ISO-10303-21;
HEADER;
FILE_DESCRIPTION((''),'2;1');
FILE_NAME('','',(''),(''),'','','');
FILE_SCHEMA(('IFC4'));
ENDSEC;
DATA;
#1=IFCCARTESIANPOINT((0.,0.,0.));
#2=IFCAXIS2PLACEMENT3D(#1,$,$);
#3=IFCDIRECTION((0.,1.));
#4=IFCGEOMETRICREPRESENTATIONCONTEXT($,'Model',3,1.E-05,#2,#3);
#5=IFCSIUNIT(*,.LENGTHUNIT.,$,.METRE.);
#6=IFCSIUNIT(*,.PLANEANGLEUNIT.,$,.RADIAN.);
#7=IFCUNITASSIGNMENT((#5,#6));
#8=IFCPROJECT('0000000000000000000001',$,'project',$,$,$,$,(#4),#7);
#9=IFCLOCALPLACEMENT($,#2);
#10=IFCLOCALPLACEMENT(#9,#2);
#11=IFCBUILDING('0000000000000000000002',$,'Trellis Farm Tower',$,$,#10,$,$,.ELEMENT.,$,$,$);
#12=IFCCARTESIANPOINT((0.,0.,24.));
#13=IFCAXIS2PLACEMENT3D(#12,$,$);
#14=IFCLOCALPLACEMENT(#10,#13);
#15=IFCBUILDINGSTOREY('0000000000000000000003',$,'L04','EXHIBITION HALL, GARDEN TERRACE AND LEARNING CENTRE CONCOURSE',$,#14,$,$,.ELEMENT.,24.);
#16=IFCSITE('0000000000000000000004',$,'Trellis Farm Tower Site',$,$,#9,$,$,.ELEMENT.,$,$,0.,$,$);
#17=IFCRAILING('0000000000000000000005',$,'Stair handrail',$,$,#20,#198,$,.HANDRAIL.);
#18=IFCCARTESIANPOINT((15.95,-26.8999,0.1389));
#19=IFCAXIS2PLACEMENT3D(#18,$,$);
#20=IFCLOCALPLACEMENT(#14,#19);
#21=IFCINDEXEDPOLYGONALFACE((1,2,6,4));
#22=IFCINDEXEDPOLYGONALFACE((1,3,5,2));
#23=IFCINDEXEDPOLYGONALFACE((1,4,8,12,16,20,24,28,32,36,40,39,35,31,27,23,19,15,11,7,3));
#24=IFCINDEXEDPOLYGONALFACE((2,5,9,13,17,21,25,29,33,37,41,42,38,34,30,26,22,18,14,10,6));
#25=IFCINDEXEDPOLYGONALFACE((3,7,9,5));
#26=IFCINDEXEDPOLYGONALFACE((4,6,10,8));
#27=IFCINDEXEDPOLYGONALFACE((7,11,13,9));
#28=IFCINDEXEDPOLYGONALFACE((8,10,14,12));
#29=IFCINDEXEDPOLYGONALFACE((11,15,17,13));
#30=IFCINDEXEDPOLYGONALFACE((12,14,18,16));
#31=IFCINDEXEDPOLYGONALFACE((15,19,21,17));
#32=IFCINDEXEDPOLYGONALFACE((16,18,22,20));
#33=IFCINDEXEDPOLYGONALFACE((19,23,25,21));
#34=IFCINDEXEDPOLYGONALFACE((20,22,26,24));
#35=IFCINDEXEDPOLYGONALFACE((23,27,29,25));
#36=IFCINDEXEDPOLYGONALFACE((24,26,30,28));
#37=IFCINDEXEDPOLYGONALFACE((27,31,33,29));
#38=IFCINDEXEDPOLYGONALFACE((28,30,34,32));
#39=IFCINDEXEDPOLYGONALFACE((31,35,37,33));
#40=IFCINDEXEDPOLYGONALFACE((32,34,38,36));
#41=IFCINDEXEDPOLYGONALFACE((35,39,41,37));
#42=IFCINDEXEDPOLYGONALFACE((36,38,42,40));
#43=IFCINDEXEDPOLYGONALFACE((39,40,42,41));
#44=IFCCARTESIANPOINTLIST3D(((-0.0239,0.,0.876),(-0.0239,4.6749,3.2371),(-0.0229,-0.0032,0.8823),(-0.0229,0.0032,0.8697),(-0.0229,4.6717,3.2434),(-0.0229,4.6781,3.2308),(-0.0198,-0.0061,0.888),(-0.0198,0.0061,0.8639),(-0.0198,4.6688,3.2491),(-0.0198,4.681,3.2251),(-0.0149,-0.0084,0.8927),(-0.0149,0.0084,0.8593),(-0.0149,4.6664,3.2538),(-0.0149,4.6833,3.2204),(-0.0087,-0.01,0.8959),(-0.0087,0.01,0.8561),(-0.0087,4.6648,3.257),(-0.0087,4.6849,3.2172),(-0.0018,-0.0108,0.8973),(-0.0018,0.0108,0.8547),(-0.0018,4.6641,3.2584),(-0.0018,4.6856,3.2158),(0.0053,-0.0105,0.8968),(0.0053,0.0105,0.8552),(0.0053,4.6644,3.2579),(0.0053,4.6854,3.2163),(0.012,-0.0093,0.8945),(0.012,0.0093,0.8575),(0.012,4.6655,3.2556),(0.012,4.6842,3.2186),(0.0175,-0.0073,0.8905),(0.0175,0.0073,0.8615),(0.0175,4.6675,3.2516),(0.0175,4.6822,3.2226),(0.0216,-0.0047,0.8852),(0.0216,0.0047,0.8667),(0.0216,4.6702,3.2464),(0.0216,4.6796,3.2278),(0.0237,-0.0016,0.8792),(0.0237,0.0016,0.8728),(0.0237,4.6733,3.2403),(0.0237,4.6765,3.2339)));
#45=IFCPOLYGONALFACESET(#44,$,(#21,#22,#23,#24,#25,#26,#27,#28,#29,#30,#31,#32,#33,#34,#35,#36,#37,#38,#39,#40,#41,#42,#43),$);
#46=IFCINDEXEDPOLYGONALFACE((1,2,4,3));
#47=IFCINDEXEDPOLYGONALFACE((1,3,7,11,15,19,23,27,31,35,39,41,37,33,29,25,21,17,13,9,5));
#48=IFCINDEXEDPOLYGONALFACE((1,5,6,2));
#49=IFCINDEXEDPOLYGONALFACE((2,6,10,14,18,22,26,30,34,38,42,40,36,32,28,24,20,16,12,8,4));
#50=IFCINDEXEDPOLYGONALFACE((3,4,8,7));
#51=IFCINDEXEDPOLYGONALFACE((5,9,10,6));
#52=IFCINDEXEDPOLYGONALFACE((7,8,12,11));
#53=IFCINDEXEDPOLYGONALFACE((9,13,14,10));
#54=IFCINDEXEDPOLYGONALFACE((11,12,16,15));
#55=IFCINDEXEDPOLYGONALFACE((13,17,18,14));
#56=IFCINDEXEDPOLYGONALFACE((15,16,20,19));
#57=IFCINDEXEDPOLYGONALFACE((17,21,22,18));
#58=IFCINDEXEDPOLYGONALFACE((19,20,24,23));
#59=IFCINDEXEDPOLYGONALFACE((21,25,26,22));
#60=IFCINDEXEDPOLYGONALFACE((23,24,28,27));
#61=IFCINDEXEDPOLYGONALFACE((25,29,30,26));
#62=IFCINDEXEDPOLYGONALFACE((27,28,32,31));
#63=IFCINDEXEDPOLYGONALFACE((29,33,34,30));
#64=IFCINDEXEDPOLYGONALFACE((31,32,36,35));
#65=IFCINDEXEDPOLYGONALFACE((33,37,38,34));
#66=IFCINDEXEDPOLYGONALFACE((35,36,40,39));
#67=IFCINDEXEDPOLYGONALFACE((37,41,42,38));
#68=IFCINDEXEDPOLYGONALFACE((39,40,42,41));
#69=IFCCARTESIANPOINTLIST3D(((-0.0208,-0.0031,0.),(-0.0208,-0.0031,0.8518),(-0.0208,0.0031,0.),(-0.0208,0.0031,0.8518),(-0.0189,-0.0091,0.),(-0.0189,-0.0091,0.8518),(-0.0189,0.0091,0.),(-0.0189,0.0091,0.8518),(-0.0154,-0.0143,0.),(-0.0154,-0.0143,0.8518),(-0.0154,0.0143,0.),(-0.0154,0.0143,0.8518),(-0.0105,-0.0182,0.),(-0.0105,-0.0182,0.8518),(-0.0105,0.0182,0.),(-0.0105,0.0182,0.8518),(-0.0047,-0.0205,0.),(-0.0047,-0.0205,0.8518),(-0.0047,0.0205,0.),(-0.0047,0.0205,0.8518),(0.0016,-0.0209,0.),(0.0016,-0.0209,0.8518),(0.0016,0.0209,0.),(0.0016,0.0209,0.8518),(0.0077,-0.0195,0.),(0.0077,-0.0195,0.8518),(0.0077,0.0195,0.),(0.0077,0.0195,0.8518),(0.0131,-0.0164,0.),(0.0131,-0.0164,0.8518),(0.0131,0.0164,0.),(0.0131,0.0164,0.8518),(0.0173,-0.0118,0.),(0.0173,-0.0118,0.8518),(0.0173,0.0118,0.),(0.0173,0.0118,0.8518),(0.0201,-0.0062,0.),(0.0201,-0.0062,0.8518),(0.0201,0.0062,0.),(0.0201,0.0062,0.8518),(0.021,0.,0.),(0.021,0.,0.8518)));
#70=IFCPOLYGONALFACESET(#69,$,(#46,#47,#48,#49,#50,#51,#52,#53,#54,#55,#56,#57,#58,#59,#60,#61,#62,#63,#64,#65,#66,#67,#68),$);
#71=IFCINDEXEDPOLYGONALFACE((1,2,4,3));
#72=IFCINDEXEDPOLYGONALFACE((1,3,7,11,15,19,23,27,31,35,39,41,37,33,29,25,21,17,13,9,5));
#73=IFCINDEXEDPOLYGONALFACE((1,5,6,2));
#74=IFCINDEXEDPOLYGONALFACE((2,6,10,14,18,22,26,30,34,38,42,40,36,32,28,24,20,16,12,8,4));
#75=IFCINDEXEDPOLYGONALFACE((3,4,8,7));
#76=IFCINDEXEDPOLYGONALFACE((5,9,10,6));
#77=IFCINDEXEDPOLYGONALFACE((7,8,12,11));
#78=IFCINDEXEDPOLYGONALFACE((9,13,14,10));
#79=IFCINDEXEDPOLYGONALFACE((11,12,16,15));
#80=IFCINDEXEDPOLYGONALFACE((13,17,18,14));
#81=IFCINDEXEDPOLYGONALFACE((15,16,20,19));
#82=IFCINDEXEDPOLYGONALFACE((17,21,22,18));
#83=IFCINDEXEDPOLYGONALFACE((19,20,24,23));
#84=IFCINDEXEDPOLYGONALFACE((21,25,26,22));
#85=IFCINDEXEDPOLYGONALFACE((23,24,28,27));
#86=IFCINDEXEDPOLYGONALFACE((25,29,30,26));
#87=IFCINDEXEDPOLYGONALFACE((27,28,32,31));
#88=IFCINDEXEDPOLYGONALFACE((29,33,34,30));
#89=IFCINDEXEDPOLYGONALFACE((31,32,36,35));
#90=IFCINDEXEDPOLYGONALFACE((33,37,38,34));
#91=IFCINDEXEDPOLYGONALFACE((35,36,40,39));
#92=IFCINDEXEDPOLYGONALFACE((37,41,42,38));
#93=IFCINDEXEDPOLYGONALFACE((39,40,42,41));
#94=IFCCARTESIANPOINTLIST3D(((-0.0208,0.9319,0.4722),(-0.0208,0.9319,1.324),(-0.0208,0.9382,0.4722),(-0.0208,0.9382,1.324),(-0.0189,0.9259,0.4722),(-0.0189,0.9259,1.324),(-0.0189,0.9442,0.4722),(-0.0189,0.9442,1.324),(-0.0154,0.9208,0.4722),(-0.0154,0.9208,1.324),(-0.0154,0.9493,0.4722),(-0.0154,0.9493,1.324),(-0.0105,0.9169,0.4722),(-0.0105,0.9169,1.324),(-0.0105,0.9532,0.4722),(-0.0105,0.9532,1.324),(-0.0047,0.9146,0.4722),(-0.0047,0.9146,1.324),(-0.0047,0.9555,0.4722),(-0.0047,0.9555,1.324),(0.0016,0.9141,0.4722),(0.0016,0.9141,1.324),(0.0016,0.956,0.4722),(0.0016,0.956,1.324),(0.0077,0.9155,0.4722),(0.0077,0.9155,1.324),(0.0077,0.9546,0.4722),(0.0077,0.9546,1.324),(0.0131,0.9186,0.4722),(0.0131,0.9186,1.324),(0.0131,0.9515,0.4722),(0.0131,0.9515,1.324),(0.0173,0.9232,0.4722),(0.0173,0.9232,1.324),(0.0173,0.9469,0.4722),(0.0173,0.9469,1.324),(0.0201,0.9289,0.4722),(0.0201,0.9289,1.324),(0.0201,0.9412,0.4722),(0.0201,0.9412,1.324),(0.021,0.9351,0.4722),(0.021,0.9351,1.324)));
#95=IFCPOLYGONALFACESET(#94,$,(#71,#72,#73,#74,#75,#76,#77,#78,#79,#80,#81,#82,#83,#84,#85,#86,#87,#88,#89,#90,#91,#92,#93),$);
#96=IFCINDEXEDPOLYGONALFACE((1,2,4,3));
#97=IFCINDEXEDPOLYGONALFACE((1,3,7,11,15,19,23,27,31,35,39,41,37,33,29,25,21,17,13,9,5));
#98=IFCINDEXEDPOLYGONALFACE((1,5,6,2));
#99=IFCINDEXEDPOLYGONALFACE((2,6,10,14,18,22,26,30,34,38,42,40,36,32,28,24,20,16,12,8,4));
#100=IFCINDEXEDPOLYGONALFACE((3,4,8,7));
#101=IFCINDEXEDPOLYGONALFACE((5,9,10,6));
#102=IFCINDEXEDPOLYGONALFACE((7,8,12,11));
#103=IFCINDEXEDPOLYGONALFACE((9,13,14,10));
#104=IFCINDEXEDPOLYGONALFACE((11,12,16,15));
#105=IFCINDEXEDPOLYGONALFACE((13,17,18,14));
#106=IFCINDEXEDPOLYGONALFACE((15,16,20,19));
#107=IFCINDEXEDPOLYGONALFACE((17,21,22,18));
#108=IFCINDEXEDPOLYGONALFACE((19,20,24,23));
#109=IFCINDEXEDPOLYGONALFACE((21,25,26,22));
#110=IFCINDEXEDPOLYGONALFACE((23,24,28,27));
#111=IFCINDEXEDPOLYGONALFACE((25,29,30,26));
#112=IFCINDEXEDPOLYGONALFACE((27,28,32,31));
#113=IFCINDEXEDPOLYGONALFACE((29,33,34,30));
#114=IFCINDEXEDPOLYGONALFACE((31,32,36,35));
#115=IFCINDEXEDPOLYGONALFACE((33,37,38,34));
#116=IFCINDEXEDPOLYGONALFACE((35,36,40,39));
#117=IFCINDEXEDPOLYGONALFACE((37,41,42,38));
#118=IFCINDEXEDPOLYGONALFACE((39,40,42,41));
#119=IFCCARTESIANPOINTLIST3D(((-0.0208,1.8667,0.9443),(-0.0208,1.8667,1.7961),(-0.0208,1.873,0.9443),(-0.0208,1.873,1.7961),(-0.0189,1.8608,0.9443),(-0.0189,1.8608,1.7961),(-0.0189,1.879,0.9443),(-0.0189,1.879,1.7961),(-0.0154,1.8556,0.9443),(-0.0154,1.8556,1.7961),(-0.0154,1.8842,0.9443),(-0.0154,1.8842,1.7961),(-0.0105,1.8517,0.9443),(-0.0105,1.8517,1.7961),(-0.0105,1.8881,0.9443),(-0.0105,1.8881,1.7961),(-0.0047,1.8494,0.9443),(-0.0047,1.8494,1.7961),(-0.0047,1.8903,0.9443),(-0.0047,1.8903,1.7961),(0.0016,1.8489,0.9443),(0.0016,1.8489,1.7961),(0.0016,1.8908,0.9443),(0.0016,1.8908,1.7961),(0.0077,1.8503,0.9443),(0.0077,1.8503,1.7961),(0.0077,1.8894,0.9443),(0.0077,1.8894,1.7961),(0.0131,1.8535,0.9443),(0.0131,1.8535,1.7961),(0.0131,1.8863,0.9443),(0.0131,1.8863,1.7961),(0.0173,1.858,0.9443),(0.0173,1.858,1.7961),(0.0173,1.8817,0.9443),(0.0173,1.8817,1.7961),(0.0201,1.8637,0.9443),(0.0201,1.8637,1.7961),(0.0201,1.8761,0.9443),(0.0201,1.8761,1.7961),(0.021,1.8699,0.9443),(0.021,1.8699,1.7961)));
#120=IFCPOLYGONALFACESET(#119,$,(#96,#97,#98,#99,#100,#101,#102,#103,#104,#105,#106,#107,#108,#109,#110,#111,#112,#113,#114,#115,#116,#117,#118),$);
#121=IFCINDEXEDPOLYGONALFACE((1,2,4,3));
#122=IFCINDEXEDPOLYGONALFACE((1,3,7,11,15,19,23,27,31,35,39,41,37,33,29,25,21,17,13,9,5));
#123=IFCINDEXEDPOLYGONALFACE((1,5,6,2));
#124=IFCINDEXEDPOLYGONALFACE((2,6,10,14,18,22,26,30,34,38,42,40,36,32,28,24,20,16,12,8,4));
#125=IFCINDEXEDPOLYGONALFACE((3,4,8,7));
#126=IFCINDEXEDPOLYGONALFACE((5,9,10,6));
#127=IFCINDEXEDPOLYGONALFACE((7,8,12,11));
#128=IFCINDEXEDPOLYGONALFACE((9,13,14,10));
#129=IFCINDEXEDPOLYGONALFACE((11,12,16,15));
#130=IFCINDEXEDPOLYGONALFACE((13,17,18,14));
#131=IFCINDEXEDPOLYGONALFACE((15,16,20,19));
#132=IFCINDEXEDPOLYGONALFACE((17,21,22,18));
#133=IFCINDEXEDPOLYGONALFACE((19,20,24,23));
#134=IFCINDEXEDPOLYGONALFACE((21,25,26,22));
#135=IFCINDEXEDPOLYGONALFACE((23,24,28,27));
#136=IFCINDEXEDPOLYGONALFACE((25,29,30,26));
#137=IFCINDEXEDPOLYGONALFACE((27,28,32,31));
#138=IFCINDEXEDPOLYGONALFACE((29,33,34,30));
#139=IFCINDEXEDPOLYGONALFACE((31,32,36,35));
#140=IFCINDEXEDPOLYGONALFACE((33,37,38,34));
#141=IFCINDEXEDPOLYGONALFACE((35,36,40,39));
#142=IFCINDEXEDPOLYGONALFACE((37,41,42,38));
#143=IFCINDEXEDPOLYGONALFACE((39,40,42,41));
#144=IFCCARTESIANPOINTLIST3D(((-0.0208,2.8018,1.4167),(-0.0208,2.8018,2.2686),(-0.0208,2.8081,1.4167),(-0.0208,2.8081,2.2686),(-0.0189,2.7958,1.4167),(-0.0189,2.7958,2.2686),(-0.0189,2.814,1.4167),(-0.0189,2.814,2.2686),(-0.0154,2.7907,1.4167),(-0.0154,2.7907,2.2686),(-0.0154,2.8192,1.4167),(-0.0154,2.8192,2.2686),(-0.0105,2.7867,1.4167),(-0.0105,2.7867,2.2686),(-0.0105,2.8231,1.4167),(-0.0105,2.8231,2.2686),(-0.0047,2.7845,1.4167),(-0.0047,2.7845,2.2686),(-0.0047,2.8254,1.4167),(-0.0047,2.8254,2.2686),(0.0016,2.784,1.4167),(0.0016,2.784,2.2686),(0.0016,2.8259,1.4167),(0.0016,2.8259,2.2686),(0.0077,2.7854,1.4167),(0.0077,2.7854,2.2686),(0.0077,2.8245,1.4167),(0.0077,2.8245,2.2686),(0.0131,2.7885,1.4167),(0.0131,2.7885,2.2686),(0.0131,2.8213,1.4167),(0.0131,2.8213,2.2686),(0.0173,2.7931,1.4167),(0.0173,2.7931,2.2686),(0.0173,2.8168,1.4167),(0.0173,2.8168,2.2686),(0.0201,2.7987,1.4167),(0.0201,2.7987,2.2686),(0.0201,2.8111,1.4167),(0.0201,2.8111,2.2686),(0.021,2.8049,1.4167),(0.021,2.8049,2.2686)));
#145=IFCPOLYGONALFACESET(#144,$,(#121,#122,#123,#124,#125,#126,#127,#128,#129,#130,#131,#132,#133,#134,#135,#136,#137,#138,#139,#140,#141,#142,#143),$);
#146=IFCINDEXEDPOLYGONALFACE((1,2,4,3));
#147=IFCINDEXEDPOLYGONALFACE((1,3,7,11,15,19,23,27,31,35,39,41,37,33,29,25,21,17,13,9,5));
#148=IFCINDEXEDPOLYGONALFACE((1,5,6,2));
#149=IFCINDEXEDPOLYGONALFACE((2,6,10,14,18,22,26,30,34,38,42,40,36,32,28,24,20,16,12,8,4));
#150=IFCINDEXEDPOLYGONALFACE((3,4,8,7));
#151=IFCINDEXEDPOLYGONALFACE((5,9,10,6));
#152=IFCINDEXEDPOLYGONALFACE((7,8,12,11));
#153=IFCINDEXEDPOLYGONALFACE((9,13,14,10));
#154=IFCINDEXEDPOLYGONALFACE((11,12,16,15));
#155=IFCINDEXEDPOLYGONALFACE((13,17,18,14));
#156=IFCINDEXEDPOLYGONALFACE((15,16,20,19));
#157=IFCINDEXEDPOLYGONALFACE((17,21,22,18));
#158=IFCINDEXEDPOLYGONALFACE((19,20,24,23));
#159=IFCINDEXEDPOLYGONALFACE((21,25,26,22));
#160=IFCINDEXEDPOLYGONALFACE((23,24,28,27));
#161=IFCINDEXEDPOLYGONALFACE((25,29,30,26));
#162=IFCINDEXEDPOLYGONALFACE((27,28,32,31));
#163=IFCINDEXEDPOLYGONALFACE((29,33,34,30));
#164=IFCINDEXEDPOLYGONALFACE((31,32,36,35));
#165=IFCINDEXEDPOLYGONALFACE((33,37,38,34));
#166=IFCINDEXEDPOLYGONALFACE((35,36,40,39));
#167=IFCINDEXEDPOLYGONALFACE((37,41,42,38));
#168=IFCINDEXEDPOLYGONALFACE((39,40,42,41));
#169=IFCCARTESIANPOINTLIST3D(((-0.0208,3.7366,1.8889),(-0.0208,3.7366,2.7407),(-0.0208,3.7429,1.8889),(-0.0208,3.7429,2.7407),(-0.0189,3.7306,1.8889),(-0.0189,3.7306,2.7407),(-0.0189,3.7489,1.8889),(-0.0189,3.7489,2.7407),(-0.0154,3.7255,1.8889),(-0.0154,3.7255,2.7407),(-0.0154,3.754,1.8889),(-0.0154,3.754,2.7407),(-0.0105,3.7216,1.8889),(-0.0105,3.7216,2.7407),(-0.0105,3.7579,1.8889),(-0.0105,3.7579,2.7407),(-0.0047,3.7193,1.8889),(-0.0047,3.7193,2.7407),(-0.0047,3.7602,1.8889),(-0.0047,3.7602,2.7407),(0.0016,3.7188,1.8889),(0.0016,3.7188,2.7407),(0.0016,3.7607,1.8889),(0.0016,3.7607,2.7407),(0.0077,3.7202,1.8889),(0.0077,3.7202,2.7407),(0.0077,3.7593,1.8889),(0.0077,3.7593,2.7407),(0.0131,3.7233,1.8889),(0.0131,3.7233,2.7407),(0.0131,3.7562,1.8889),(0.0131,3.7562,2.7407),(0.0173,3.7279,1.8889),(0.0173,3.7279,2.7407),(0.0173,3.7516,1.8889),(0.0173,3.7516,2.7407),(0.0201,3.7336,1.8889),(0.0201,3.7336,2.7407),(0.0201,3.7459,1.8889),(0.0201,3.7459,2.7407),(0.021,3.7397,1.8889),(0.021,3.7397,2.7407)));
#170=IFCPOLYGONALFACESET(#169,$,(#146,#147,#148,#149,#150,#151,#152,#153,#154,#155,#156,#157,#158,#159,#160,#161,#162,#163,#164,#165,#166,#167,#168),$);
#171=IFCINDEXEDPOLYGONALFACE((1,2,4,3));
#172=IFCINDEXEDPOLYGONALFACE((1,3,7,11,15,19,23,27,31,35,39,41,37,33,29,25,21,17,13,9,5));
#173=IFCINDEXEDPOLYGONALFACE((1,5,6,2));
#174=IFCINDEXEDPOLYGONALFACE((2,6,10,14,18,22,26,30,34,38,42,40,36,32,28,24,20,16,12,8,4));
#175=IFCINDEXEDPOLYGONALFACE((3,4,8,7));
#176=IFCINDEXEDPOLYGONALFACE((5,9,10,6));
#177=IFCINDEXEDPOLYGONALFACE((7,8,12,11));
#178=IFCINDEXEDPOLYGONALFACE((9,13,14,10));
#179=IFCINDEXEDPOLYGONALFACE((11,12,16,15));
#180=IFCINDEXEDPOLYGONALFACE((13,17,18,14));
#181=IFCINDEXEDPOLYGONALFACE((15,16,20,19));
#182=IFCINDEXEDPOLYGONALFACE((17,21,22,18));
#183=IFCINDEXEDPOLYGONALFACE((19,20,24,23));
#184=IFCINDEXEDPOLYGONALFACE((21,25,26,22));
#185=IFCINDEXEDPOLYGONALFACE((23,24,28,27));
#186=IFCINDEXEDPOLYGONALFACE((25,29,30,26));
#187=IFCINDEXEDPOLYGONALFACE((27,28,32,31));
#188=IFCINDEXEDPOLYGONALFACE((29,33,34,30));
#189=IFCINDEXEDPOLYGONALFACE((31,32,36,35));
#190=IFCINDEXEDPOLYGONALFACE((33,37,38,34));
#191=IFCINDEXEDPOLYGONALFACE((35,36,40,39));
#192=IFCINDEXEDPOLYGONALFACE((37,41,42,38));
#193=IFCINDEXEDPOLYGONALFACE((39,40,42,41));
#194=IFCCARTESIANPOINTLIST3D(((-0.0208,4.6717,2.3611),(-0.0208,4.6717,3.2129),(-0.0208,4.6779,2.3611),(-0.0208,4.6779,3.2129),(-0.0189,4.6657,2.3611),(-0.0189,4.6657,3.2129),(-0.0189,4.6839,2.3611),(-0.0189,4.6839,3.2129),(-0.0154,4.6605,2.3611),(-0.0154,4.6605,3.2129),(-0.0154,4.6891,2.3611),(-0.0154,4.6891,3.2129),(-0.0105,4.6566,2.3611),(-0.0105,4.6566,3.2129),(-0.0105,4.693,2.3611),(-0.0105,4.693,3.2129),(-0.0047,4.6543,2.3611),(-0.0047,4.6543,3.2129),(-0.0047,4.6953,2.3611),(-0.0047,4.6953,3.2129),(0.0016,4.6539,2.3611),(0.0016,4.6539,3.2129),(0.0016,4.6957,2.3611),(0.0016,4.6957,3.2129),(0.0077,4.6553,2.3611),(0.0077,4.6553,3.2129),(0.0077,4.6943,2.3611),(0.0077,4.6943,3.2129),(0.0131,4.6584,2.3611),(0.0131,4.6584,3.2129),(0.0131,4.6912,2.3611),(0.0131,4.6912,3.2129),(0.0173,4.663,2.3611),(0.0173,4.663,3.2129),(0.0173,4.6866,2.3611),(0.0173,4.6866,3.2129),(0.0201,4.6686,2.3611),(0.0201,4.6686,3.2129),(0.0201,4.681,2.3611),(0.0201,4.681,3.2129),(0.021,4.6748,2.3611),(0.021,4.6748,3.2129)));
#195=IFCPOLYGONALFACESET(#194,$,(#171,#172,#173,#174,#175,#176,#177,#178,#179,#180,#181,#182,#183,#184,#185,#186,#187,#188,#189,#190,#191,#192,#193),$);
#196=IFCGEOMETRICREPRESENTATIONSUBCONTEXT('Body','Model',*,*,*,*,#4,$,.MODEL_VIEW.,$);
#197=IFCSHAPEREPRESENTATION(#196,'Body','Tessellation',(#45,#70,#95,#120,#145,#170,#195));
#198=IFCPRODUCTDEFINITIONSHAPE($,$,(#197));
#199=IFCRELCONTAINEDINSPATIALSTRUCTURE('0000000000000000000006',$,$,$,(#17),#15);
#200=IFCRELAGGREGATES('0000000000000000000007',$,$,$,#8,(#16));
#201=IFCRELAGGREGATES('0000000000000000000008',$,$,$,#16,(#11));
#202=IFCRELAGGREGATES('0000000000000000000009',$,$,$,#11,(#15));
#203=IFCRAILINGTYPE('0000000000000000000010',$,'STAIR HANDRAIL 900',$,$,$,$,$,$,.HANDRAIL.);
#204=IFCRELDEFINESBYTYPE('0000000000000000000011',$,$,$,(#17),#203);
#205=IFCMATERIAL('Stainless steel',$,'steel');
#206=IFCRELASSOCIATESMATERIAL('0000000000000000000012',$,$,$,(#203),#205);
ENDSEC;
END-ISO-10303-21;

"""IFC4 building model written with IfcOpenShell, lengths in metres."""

from ifc_helpers import new_model, si_unit, direction, frame, origin, origin_2d, place, context, subcontext, project, spatial, circle, extrude, source, transform, mapped, material, type_object, element, save


model = new_model("IFC4")

# Units and contexts
model_context = context("Model", 3, precision=1e-05, world=origin(), true_north=direction((0.0, 1.0)))
body_context = subcontext(model_context, "Body", "Model", "MODEL_VIEW")
ifc_project = project(units=[si_unit("LENGTHUNIT", "METRE"), si_unit("PLANEANGLEUNIT", "RADIAN")], contexts=[model_context])

# Site, building, storey
site_placement = place(None, origin())
site = spatial("IfcSite", under=ifc_project, at=site_placement, Name="Trellis Farm Tower Site", CompositionType="ELEMENT", RefElevation=0.0)
building_placement = place(site_placement, origin())
building = spatial("IfcBuilding", under=site, at=building_placement, Name="Trellis Farm Tower", CompositionType="ELEMENT")
storey_placement = place(building_placement, frame((0.0, 0.0, 24.0)))
storey = spatial("IfcBuildingStorey", under=building, at=storey_placement, Name="L04", Description="EXHIBITION HALL, GARDEN TERRACE AND LEARNING CENTRE CONCOURSE", CompositionType="ELEMENT", Elevation=24.0)

# Railing
ifc_material_1 = material(Name="Stainless steel", Category="steel")
railing_type = type_object("IfcRailingType", Name="STAIR HANDRAIL 900", PredefinedType="HANDRAIL", material=ifc_material_1)
shared_shape_1 = source(origin(), body_context, "Body", "SweptSolid", [
    extrude(circle(Radius=0.0239, at=origin_2d()), frame((0.0, 0.0, 0.876), z_axis=(0.0, 0.892611, 0.450827), x_axis=(-1.0, 0.0, 0.0)), (0.0, 0.0, 1.0), 5.2373),
    extrude(circle(Radius=0.021, at=origin_2d()), origin(), (0.0, 0.0, 1.0), 0.8518),
    extrude(circle(Radius=0.021, at=origin_2d()), frame((0.0, 0.9351, 0.4722)), (0.0, 0.0, 1.0), 0.8518),
    extrude(circle(Radius=0.021, at=origin_2d()), frame((0.0, 1.8699, 0.9443)), (0.0, 0.0, 1.0), 0.8518),
    extrude(circle(Radius=0.021, at=origin_2d()), frame((0.0, 2.8049, 1.4167)), (0.0, 0.0, 1.0), 0.8518),
    extrude(circle(Radius=0.021, at=origin_2d()), frame((0.0, 3.7397, 1.8889)), (0.0, 0.0, 1.0), 0.8518),
    extrude(circle(Radius=0.021, at=origin_2d()), frame((0.0, 4.6748, 2.3611)), (0.0, 0.0, 1.0), 0.8518),
])
railing_placement = place(storey_placement, frame((15.95, -26.8999, 0.1389)))
element("IfcRailing", 1, at=railing_placement, inside=storey, type_object=railing_type, Name="Stair handrail", PredefinedType="HANDRAIL", context=body_context, shape_type="MappedRepresentation", body=[
    mapped(shared_shape_1, transform((0.0, 0.0, 0.0))),
])

save(model, "model.ifc")
